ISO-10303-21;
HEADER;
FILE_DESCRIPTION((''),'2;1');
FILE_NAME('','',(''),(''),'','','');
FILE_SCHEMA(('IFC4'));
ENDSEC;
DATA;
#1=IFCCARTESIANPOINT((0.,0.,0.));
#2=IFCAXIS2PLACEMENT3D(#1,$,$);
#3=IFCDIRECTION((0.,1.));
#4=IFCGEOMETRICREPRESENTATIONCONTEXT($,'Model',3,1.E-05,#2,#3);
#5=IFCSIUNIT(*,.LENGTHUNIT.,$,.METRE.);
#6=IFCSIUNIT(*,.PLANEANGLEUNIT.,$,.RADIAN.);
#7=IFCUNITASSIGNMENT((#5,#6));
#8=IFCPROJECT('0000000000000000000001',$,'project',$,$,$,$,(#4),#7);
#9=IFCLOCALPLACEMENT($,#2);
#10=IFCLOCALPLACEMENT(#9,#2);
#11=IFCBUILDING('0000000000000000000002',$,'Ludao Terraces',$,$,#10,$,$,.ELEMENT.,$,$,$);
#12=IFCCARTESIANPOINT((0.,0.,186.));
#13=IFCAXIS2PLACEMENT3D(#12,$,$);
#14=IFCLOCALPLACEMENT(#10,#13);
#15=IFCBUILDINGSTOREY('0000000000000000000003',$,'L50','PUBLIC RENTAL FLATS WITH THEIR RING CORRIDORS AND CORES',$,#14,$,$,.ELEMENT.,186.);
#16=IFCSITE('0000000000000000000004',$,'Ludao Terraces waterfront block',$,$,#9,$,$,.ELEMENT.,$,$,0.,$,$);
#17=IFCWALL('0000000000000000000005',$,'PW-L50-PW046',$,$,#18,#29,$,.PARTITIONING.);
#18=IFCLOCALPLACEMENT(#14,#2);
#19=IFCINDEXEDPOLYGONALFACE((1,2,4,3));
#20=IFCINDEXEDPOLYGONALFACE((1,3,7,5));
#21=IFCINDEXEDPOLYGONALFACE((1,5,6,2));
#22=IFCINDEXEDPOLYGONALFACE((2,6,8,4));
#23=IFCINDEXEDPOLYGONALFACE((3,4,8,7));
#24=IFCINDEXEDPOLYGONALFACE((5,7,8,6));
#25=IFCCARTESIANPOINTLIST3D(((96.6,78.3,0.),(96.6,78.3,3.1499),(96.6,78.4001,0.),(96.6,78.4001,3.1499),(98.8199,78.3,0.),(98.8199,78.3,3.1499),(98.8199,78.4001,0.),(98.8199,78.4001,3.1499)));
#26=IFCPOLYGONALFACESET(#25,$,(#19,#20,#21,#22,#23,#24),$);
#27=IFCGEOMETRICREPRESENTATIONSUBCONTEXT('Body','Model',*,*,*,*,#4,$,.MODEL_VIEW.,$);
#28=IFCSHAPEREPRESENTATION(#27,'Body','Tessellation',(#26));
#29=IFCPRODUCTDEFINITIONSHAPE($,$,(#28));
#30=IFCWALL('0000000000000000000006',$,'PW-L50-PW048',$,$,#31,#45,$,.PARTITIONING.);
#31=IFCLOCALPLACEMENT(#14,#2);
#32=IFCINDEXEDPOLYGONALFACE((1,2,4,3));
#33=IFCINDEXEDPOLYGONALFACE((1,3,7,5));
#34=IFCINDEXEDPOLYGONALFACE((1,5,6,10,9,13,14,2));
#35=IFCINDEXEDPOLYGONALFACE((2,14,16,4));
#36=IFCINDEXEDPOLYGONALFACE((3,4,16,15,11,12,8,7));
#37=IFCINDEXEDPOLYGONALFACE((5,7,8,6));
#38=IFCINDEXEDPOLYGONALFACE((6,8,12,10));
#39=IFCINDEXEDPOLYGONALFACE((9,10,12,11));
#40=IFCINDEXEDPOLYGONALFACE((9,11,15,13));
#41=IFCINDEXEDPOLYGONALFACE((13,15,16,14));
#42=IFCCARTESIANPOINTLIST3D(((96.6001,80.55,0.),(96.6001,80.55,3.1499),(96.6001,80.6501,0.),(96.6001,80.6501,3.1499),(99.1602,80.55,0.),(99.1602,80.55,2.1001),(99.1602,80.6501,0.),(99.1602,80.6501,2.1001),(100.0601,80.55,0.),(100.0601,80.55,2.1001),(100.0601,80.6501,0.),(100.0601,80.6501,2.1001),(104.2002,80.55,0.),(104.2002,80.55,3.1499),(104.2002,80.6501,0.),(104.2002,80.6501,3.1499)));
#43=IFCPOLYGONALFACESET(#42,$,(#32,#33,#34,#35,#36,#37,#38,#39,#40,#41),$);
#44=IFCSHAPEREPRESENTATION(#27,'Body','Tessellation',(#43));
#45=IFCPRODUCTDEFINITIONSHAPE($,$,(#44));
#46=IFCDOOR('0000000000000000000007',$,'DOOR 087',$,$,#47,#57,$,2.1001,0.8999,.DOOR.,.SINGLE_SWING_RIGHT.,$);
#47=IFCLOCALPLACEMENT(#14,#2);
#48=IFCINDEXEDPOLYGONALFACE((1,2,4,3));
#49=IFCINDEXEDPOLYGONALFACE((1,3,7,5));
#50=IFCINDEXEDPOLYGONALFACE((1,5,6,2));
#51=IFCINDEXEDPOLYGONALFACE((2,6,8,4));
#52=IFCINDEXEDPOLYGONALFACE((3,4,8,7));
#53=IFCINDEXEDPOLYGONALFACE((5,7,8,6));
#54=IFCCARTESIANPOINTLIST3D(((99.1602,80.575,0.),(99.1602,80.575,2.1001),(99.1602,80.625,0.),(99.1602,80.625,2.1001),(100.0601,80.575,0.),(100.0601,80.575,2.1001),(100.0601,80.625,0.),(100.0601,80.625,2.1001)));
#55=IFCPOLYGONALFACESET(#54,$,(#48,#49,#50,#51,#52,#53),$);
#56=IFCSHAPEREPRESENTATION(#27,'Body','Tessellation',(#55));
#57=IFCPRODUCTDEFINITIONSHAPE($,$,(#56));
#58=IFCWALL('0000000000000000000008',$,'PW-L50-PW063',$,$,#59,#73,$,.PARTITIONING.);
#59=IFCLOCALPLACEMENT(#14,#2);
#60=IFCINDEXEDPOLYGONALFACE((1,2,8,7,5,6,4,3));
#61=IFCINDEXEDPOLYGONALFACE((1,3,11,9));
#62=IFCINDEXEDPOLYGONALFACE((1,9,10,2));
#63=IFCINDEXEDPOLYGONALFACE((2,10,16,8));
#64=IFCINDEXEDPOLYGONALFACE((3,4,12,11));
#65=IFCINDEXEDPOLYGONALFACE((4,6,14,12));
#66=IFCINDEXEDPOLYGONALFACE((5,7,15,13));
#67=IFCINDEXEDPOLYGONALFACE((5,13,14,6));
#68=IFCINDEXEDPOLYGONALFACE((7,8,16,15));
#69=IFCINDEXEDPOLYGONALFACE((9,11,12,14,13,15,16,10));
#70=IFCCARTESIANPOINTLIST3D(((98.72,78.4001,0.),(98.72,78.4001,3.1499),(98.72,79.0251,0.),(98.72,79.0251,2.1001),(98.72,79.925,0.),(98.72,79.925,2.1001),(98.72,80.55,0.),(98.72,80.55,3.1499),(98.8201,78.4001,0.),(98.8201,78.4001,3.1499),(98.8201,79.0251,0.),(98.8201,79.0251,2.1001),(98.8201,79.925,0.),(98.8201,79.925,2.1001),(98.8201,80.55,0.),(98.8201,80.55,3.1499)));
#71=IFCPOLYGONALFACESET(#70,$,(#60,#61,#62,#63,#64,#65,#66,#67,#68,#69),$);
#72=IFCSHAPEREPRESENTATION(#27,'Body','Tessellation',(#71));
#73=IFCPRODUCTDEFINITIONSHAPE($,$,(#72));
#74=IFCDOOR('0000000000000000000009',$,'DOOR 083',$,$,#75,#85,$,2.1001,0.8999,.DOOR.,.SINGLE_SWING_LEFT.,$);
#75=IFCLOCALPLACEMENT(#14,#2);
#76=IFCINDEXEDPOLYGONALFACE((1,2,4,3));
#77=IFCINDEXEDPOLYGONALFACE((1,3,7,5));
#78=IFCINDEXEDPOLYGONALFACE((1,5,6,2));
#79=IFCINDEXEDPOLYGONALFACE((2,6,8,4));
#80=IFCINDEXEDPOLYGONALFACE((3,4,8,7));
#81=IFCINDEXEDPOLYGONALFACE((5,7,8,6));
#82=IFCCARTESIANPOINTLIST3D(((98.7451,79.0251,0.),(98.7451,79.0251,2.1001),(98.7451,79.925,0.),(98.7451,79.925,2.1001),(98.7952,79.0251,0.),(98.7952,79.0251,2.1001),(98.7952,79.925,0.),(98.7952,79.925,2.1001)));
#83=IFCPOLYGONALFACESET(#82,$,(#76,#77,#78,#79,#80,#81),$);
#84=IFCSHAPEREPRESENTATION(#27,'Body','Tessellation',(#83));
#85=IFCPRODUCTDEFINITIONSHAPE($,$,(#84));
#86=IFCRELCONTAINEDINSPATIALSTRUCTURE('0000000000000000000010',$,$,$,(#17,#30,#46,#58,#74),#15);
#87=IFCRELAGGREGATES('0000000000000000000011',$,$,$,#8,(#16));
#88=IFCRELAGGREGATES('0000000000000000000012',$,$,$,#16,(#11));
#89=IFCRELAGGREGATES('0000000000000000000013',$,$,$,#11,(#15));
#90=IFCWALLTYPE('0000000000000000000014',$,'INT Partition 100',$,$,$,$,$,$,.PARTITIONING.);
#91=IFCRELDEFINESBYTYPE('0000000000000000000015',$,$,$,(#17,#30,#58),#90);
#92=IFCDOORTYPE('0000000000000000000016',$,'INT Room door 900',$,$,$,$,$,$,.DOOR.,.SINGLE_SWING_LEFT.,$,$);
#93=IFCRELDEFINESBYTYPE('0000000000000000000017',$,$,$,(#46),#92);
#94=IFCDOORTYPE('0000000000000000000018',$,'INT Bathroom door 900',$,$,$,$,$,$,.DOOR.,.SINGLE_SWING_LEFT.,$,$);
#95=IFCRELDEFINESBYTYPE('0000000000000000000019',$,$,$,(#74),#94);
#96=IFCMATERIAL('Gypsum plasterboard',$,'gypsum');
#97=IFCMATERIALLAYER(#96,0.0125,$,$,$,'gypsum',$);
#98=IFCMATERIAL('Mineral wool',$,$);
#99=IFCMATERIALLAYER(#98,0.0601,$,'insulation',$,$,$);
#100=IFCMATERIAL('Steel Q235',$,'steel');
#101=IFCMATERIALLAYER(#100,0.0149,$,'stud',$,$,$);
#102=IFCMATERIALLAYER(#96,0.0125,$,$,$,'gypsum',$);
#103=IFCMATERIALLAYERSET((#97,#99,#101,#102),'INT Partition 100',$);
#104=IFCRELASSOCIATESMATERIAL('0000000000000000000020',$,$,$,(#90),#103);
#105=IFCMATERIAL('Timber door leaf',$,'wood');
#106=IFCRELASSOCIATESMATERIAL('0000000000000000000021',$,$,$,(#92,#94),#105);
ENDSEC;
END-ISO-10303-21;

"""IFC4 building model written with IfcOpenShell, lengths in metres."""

from ifc_helpers import new_model, si_unit, direction, frame, frame_2d, origin, place, context, subcontext, project, spatial, rectangle, extrude, material, layer, layer_set, type_object, element, fill, save


model = new_model("IFC4")

# Units and contexts
model_context = context("Model", 3, precision=1e-05, world=origin(), true_north=direction((0.0, 1.0)))
body_context = subcontext(model_context, "Body", "Model", "MODEL_VIEW")
ifc_project = project(units=[si_unit("LENGTHUNIT", "METRE"), si_unit("PLANEANGLEUNIT", "RADIAN")], contexts=[model_context])

# Site, building, storey
site_placement = place(None, origin())
site = spatial("IfcSite", under=ifc_project, at=site_placement, Name="Ludao Terraces waterfront block", CompositionType="ELEMENT", RefElevation=0.0)
building_placement = place(site_placement, origin())
building = spatial("IfcBuilding", under=site, at=building_placement, Name="Ludao Terraces", CompositionType="ELEMENT")
storey_placement = place(building_placement, frame((0.0, 0.0, 186.0)))
storey = spatial("IfcBuildingStorey", under=building, at=storey_placement, Name="L50", Description="PUBLIC RENTAL FLATS WITH THEIR RING CORRIDORS AND CORES", CompositionType="ELEMENT", Elevation=186.0)

# Shared definitions
ifc_material_1 = material(Name="Steel Q235", Category="steel")

# Shared definitions
ifc_material_2 = material(Name="Mineral wool")

# Wall
ifc_material_3 = material(Name="Gypsum plasterboard", Category="gypsum")
ifc_layer_1 = layer(ifc_material_3, 0.0125, Category="gypsum")
ifc_layer_2 = layer(ifc_material_2, 0.0601, Name="insulation")
ifc_layer_3 = layer(ifc_material_1, 0.0149, Name="stud")
ifc_layer_4 = layer(ifc_material_3, 0.0125, Category="gypsum")
ifc_layer_set_1 = layer_set([ifc_layer_1, ifc_layer_2, ifc_layer_3, ifc_layer_4], Name="INT Partition 100")
wall_type_1 = type_object("IfcWallType", Name="INT Partition 100", PredefinedType="PARTITIONING", material=ifc_layer_set_1)
for number, where, z_axis, x_axis, name in (
    (1, (96.6001, 78.3501, 0.0), (0.0, 0.0, 1.0), (1.0, 0.0, 0.0), "PW-L50-PW046"),
):
    element("IfcWall", number, at=place(storey_placement, frame(where, z_axis=z_axis, x_axis=x_axis)), inside=storey, type_object=wall_type_1, Name=name, PredefinedType="PARTITIONING", context=body_context, shape_type="SweptSolid", body=[
        extrude(rectangle(XDim=2.22, YDim=0.1001, at=frame_2d((1.1099, 0.0))), origin(), (0.0, 0.0, 1.0), 3.1499),
    ])

# Walls, openings, doors
wall_1_placement = place(storey_placement, frame((96.6001, 80.6001, 0.0), z_axis=(0.0, 0.0, 1.0), x_axis=(1.0, 0.0, 0.0)))
wall_1 = element("IfcWall", 2, at=wall_1_placement, inside=storey, type_object=wall_type_1, Name="PW-L50-PW048", PredefinedType="PARTITIONING", context=body_context, shape_type="SweptSolid", body=[
    extrude(rectangle(XDim=7.6001, YDim=0.1001, at=frame_2d((3.8, 0.0))), origin(), (0.0, 0.0, 1.0), 3.1499),
])
opening_1_placement = place(wall_1_placement, frame((2.5601, 0.0, 0.0)))
opening_1 = element("IfcOpeningElement", 3, at=opening_1_placement, cuts=wall_1, PredefinedType="OPENING", context=body_context, shape_type="SweptSolid", body=[
    extrude(rectangle(XDim=0.8999, YDim=2.1001, at=frame_2d((0.45, 1.05))), frame((0.0, 0.0601, 0.0), z_axis=(0.0, -1.0, 0.0), x_axis=(1.0, 0.0, 0.0)), (0.0, 0.0, 1.0), 0.1201),
])
ifc_material_4 = material(Name="Timber door leaf", Category="wood")
door_type_1 = type_object("IfcDoorType", Name="INT Room door 900", OperationType="SINGLE_SWING_LEFT", PredefinedType="DOOR", material=ifc_material_4)
door_1_placement = place(opening_1_placement, origin())
door_1 = element("IfcDoor", 4, at=door_1_placement, inside=storey, type_object=door_type_1, Name="DOOR 087", OperationType="SINGLE_SWING_RIGHT", OverallHeight=2.1001, OverallWidth=0.8999, PredefinedType="DOOR", context=body_context, shape_type="SweptSolid", body=[
    extrude(rectangle(XDim=0.8999, YDim=2.1001, at=frame_2d((0.45, 1.05))), frame((0.0, 0.0249, 0.0), z_axis=(0.0, -1.0, 0.0), x_axis=(1.0, 0.0, 0.0)), (0.0, 0.0, 1.0), 0.05),
])
fill(opening_1, door_1)
wall_2_placement = place(storey_placement, frame((98.77, 78.4001, 0.0), z_axis=(0.0, 0.0, 1.0), x_axis=(0.0, 1.0, 0.0)))
wall_2 = element("IfcWall", 5, at=wall_2_placement, inside=storey, type_object=wall_type_1, Name="PW-L50-PW063", PredefinedType="PARTITIONING", context=body_context, shape_type="SweptSolid", body=[
    extrude(rectangle(XDim=2.1499, YDim=0.1001, at=frame_2d((1.075, 0.0))), origin(), (0.0, 0.0, 1.0), 3.1499),
])
opening_2_placement = place(wall_2_placement, frame((0.625, 0.0, 0.0)))
opening_2 = element("IfcOpeningElement", 6, at=opening_2_placement, cuts=wall_2, PredefinedType="OPENING", context=body_context, shape_type="SweptSolid", body=[
    extrude(rectangle(XDim=0.8999, YDim=2.1001, at=frame_2d((0.45, 1.05))), frame((0.0, 0.0601, 0.0), z_axis=(0.0, -1.0, 0.0), x_axis=(1.0, 0.0, 0.0)), (0.0, 0.0, 1.0), 0.1201),
])
door_type_2 = type_object("IfcDoorType", Name="INT Bathroom door 900", OperationType="SINGLE_SWING_LEFT", PredefinedType="DOOR", material=ifc_material_4)
door_2_placement = place(opening_2_placement, origin())
door_2 = element("IfcDoor", 7, at=door_2_placement, inside=storey, type_object=door_type_2, Name="DOOR 083", OperationType="SINGLE_SWING_LEFT", OverallHeight=2.1001, OverallWidth=0.8999, PredefinedType="DOOR", context=body_context, shape_type="SweptSolid", body=[
    extrude(rectangle(XDim=0.8999, YDim=2.1001, at=frame_2d((0.45, 1.05))), frame((0.0, 0.0249, 0.0), z_axis=(0.0, -1.0, 0.0), x_axis=(1.0, 0.0, 0.0)), (0.0, 0.0, 1.0), 0.05),
])
fill(opening_2, door_2)

save(model, "model.ifc")
